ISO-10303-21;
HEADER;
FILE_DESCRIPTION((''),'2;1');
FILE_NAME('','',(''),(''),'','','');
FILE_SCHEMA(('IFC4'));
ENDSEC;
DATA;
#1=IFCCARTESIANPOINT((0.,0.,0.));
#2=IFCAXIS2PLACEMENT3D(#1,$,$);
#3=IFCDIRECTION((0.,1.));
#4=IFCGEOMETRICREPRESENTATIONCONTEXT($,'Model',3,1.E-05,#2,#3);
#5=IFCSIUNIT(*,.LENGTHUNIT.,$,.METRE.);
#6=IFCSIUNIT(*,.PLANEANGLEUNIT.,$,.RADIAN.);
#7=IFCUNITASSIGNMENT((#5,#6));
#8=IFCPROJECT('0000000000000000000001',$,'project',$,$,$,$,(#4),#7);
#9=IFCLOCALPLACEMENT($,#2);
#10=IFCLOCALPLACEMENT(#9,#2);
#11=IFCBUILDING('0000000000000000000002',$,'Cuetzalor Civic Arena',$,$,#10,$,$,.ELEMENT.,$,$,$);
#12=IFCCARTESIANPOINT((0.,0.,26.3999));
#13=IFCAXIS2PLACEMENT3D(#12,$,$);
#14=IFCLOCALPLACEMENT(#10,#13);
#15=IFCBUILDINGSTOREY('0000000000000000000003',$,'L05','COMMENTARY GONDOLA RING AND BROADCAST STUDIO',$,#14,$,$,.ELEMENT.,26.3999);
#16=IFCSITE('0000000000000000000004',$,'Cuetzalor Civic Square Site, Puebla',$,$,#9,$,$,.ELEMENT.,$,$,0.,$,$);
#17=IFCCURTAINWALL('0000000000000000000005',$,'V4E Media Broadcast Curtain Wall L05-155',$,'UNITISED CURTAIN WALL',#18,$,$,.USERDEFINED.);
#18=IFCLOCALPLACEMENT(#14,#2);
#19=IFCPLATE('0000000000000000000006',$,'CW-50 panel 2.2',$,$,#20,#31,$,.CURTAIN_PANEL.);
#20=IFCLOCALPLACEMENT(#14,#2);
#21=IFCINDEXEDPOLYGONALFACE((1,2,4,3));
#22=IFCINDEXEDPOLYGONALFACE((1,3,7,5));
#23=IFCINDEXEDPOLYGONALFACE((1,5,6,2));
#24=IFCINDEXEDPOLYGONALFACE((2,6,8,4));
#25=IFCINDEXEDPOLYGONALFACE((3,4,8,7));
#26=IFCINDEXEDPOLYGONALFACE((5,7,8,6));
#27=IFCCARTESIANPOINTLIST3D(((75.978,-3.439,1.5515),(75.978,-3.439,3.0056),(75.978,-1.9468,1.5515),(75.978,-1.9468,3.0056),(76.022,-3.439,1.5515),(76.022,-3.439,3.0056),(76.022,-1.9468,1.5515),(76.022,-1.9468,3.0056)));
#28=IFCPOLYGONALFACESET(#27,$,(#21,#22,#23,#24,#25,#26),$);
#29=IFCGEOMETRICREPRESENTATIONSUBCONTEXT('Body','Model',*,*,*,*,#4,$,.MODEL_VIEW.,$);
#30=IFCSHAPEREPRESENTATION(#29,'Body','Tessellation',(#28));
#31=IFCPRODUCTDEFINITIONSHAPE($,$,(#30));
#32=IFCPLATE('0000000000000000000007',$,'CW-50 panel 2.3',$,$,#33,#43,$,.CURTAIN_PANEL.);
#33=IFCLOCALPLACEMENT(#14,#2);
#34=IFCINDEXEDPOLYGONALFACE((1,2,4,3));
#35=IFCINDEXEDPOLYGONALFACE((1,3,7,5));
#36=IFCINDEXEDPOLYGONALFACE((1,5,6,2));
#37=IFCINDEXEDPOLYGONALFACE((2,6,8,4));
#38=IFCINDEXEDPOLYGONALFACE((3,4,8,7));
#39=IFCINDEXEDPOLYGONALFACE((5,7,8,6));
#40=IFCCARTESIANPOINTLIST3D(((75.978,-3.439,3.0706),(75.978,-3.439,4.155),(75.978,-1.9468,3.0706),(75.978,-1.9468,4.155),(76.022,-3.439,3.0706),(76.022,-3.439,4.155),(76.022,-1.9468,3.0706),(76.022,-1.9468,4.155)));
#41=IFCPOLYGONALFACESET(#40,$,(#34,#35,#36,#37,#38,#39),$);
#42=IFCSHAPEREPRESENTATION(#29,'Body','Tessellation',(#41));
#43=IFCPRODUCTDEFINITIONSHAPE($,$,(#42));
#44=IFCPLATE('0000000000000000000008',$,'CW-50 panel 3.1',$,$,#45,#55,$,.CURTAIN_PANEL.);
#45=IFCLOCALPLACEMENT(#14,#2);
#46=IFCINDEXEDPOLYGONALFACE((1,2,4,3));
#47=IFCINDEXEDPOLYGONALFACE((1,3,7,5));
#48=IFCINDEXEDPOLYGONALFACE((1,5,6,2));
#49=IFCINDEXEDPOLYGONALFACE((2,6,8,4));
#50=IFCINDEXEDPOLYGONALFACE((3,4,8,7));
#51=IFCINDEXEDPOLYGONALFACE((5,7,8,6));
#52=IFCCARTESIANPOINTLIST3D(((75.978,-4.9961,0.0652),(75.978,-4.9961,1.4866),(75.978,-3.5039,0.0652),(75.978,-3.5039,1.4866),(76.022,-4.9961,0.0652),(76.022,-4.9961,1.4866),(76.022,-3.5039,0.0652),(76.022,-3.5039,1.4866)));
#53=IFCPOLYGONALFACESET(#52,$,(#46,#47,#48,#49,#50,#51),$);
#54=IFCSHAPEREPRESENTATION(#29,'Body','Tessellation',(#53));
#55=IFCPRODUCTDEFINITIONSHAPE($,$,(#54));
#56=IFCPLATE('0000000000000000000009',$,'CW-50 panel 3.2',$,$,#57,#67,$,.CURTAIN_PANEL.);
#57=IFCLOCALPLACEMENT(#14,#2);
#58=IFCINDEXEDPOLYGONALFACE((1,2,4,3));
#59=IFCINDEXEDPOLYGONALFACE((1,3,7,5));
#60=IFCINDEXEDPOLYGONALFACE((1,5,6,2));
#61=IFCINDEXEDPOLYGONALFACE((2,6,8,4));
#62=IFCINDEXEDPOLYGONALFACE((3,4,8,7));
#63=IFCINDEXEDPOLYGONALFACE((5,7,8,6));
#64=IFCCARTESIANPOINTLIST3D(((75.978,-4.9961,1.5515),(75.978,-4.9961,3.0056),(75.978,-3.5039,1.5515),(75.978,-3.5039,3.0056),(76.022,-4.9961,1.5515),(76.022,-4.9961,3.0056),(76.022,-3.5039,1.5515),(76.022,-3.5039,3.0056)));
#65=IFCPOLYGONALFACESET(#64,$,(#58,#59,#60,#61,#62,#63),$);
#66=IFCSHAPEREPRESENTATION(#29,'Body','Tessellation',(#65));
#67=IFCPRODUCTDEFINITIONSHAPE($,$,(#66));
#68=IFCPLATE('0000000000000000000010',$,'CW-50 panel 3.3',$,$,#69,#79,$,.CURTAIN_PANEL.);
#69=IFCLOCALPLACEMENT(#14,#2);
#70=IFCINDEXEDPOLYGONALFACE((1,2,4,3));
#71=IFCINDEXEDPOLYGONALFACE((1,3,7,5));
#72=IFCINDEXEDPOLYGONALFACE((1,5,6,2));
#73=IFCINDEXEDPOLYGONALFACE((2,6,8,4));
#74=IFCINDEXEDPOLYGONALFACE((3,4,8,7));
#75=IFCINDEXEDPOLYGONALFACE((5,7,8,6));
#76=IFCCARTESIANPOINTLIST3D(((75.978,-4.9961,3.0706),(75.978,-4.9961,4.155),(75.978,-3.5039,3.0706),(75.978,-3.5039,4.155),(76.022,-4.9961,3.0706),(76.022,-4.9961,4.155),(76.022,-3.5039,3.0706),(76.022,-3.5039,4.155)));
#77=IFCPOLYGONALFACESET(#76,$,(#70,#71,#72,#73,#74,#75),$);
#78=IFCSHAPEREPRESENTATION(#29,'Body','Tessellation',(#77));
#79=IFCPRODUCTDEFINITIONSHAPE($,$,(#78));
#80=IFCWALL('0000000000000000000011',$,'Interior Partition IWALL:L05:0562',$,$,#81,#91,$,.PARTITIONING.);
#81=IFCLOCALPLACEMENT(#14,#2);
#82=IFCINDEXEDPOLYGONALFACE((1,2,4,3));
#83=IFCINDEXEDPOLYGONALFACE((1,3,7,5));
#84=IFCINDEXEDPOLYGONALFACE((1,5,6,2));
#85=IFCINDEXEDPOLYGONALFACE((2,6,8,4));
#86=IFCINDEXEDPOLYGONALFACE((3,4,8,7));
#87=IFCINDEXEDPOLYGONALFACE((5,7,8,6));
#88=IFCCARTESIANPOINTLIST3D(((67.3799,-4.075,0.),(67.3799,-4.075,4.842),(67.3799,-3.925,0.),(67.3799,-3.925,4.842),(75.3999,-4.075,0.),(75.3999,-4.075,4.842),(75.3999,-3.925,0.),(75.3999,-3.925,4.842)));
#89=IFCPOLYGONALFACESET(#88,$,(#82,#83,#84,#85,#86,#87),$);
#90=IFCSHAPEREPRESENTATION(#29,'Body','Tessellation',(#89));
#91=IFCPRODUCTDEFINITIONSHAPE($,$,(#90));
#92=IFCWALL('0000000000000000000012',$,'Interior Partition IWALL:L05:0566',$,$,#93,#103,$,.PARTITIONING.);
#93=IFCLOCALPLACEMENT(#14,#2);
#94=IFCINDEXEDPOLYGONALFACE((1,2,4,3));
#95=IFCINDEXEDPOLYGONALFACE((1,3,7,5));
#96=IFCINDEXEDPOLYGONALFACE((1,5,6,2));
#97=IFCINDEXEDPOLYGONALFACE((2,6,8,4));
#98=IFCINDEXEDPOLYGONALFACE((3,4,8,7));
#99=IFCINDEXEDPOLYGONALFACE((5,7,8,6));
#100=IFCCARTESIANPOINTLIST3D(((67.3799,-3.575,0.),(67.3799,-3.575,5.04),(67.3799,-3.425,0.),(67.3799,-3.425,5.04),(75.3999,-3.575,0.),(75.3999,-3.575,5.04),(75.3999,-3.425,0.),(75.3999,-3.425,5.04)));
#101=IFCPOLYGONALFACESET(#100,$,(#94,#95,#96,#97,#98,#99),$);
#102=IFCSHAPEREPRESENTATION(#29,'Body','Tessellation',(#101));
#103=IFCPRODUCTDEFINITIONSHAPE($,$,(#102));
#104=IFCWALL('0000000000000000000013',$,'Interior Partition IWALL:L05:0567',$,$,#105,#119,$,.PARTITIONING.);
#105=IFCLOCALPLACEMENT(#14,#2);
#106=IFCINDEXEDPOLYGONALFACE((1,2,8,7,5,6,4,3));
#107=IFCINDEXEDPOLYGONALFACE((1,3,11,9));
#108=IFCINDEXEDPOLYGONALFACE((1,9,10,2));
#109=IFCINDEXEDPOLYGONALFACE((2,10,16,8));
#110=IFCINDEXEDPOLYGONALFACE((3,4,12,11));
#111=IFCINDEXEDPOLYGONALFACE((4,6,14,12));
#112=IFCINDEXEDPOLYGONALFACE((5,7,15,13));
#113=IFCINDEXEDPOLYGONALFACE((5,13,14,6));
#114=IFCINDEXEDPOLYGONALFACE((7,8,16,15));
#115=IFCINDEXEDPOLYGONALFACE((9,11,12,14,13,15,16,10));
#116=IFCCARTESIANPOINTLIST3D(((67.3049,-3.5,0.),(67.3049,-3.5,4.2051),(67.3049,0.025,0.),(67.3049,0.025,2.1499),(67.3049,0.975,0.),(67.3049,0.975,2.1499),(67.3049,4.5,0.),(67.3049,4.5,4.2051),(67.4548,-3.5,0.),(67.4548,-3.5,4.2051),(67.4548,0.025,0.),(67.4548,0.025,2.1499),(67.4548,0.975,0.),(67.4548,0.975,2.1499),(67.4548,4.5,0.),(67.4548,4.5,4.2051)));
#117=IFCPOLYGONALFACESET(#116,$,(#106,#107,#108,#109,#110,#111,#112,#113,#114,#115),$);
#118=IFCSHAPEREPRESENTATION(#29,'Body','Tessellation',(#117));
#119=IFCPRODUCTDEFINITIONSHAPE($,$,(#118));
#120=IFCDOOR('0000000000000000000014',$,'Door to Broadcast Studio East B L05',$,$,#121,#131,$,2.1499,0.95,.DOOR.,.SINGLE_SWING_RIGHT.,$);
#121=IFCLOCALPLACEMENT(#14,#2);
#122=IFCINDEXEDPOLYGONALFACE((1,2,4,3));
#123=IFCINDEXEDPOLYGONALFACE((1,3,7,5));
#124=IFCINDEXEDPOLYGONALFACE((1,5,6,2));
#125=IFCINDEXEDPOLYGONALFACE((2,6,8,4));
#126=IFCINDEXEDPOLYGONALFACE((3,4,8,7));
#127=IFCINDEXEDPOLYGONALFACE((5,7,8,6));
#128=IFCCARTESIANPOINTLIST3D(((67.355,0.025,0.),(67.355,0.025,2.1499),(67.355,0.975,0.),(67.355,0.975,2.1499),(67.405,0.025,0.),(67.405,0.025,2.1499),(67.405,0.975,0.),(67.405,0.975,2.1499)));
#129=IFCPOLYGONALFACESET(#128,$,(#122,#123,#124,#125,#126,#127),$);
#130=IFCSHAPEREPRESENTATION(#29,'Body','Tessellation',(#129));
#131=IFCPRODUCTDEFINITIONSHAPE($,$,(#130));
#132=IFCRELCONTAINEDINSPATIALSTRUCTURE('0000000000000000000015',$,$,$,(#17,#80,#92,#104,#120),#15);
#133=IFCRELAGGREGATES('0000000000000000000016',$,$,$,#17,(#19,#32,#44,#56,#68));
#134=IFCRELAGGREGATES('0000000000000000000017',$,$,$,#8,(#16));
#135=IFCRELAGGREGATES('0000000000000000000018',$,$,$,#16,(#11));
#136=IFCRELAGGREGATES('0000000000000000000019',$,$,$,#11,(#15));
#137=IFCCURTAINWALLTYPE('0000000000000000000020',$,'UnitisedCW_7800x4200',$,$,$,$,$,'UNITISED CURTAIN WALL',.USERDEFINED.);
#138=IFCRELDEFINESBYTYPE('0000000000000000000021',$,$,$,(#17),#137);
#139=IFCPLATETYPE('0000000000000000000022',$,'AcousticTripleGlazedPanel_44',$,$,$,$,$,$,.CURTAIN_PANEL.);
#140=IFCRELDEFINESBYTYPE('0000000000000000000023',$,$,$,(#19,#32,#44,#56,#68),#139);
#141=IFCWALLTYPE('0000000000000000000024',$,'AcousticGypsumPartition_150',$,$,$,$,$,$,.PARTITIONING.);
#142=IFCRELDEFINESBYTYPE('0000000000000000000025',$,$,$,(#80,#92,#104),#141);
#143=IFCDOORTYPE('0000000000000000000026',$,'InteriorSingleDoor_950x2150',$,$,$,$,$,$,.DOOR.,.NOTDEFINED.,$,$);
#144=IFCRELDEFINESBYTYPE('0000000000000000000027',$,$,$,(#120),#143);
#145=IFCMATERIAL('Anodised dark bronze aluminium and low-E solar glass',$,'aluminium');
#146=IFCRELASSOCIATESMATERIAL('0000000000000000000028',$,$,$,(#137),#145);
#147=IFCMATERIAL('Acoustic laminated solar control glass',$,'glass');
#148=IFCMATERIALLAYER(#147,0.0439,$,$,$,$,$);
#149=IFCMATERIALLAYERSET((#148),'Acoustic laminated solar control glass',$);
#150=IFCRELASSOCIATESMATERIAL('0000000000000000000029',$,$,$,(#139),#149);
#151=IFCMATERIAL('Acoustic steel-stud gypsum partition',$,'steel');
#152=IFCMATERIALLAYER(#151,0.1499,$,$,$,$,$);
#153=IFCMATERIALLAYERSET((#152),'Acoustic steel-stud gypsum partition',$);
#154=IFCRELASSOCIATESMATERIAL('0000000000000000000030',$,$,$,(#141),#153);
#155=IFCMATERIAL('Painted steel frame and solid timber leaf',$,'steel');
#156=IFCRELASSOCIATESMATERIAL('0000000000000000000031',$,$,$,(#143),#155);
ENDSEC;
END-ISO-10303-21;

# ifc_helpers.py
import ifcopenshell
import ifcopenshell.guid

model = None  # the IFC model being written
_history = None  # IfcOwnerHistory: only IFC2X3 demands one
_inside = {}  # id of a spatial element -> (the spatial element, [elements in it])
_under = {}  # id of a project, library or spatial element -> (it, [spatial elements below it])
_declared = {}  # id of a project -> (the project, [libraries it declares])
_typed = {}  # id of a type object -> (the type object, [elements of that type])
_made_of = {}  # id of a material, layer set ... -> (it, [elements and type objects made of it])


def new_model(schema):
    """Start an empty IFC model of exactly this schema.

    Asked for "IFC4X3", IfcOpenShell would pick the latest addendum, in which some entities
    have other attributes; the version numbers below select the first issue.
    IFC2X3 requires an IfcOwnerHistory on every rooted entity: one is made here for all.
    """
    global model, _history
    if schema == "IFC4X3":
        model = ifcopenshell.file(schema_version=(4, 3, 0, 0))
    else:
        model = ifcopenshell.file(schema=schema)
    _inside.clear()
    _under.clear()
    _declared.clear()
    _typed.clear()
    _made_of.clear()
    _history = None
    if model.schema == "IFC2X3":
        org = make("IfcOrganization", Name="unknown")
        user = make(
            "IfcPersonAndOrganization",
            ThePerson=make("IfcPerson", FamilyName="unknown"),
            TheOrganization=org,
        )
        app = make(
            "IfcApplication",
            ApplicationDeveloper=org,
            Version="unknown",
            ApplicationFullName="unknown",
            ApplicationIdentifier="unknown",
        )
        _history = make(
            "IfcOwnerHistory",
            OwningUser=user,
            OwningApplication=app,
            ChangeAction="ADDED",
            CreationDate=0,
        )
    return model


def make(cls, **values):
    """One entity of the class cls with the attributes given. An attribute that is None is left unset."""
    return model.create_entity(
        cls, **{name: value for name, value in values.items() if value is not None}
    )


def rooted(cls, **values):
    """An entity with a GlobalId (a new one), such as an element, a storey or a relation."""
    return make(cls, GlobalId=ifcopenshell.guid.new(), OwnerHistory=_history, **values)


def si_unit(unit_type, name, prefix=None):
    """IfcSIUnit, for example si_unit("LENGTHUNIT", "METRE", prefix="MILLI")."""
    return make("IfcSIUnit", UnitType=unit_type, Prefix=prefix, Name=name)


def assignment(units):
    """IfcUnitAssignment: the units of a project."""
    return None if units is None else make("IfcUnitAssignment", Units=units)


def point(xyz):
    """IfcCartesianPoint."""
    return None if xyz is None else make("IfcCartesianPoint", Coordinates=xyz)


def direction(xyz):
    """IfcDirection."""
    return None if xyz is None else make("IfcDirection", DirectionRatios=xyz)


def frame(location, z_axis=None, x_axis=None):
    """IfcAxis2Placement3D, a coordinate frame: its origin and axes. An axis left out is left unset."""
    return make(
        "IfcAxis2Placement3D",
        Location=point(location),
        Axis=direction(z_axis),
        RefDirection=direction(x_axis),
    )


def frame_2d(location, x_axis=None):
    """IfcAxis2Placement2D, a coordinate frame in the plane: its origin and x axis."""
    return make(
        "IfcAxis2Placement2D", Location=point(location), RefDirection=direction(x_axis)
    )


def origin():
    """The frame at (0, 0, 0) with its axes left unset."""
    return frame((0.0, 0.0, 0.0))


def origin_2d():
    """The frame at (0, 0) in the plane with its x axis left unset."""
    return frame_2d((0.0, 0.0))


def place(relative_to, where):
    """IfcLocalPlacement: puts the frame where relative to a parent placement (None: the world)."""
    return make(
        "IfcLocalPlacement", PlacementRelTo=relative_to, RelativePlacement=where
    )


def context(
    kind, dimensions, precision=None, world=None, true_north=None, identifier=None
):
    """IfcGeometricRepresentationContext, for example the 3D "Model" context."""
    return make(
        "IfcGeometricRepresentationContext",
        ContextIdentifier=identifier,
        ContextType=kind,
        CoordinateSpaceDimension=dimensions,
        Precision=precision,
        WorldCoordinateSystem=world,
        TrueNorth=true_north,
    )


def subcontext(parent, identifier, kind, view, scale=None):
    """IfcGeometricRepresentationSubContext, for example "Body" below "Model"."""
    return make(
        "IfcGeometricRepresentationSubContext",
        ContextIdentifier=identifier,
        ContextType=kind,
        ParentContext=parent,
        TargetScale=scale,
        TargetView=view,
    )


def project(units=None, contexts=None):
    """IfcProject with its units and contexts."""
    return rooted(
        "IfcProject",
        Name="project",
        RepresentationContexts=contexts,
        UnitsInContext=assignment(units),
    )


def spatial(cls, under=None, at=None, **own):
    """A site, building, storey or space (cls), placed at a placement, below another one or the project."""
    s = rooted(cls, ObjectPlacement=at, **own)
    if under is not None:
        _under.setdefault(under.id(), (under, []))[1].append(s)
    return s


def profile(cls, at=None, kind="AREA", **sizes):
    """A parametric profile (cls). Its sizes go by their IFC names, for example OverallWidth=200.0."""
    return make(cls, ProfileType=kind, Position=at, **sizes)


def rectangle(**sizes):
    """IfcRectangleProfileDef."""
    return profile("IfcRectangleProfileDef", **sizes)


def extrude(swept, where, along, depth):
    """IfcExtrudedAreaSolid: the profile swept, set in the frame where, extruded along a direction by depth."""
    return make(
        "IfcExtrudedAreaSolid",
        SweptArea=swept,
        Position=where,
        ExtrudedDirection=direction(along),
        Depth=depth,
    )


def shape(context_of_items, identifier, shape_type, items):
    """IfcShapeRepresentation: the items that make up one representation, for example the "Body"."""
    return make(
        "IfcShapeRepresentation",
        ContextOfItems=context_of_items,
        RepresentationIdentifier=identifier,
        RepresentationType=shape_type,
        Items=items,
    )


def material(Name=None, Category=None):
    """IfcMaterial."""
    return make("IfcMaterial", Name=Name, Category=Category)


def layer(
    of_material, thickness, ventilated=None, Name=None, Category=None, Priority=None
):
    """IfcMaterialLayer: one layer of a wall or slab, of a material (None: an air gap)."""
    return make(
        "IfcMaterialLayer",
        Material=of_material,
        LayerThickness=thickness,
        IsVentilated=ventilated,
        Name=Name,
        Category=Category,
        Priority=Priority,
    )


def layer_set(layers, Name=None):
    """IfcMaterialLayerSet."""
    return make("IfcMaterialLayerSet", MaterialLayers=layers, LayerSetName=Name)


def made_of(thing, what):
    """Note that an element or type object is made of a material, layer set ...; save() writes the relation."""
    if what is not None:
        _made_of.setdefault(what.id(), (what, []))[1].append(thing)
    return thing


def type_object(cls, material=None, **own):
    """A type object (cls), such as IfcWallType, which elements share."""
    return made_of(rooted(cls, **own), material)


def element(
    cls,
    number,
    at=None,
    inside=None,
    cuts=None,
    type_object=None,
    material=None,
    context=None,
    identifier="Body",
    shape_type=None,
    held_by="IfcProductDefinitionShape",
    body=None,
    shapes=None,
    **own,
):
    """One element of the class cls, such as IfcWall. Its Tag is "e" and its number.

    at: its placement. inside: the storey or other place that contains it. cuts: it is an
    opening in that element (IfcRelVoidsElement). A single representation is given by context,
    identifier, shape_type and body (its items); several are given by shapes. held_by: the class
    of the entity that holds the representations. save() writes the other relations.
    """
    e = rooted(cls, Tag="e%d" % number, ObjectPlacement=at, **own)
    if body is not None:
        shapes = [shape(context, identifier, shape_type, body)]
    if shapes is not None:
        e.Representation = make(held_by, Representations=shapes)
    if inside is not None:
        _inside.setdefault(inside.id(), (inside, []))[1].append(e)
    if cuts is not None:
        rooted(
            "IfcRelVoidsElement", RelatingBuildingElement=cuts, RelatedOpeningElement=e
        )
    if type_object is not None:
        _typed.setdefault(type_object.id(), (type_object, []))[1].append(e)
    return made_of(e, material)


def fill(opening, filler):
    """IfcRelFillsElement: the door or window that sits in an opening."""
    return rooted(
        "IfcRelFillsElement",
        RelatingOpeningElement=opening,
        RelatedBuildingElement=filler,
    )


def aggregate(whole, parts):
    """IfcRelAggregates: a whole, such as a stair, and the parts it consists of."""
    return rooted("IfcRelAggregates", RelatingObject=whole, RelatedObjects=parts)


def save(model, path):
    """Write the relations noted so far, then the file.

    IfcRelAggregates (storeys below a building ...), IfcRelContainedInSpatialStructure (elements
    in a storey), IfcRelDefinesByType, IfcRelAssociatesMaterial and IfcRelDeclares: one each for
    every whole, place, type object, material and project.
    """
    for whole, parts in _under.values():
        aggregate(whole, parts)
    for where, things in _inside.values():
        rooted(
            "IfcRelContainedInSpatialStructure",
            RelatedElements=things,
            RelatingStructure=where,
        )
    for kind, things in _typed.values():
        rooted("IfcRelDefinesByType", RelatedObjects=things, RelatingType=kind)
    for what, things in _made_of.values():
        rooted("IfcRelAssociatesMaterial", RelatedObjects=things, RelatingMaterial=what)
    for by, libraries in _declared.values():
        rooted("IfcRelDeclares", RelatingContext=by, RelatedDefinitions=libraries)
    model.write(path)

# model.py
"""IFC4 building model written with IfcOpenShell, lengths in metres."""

from ifc_helpers import new_model, si_unit, direction, frame, frame_2d, origin, origin_2d, place, context, subcontext, project, spatial, rectangle, extrude, material, layer, layer_set, type_object, element, fill, aggregate, save


model = new_model("IFC4")

# Units and contexts
model_context = context("Model", 3, precision=1e-05, world=origin(), true_north=direction((0.0, 1.0)))
body_context = subcontext(model_context, "Body", "Model", "MODEL_VIEW")
ifc_project = project(units=[si_unit("LENGTHUNIT", "METRE"), si_unit("PLANEANGLEUNIT", "RADIAN")], contexts=[model_context])

# Site, building, storey
site_placement = place(None, origin())
site = spatial("IfcSite", under=ifc_project, at=site_placement, Name="Cuetzalor Civic Square Site, Puebla", CompositionType="ELEMENT", RefElevation=0.0)
building_placement = place(site_placement, origin())
building = spatial("IfcBuilding", under=site, at=building_placement, Name="Cuetzalor Civic Arena", CompositionType="ELEMENT")
storey_placement = place(building_placement, frame((0.0, 0.0, 26.3999)))
storey = spatial("IfcBuildingStorey", under=building, at=storey_placement, Name="L05", Description="COMMENTARY GONDOLA RING AND BROADCAST STUDIO", CompositionType="ELEMENT", Elevation=26.3999)

# Curtain wall, plates
ifc_material_1 = material(Name="Anodised dark bronze aluminium and low-E solar glass", Category="aluminium")
curtain_wall_type = type_object("IfcCurtainWallType", Name="UnitisedCW_7800x4200", ElementType="UNITISED CURTAIN WALL", PredefinedType="USERDEFINED", material=ifc_material_1)
curtain_wall_placement = place(storey_placement, origin())
curtain_wall = element("IfcCurtainWall", 1, at=curtain_wall_placement, inside=storey, type_object=curtain_wall_type, Name="V4E Media Broadcast Curtain Wall L05-155", ObjectType="UNITISED CURTAIN WALL", PredefinedType="USERDEFINED")
ifc_material_2 = material(Name="Acoustic laminated solar control glass", Category="glass")
ifc_layer_1 = layer(ifc_material_2, 0.0439)
ifc_layer_set_1 = layer_set([ifc_layer_1], Name="Acoustic laminated solar control glass")
plate_type = type_object("IfcPlateType", Name="AcousticTripleGlazedPanel_44", PredefinedType="CURTAIN_PANEL", material=ifc_layer_set_1)
plate_1_placement = place(storey_placement, frame((76.0, -2.6929, 1.5515), z_axis=(0.0, 0.0, 1.0), x_axis=(0.0, -1.0, 0.0)))
plate_1 = element("IfcPlate", 2, at=plate_1_placement, type_object=plate_type, Name="CW-50 panel 2.2", PredefinedType="CURTAIN_PANEL", context=body_context, shape_type="SweptSolid", body=[
    extrude(rectangle(XDim=1.4922, YDim=0.0439, at=origin_2d()), origin(), (0.0, 0.0, 1.0), 1.4541),
])
plate_2_placement = place(storey_placement, frame((76.0, -2.6929, 3.0706), z_axis=(0.0, 0.0, 1.0), x_axis=(0.0, -1.0, 0.0)))
plate_2 = element("IfcPlate", 3, at=plate_2_placement, type_object=plate_type, Name="CW-50 panel 2.3", PredefinedType="CURTAIN_PANEL", context=body_context, shape_type="SweptSolid", body=[
    extrude(rectangle(XDim=1.4922, YDim=0.0439, at=origin_2d()), origin(), (0.0, 0.0, 1.0), 1.0845),
])
plate_3_placement = place(storey_placement, frame((76.0, -4.25, 0.0652), z_axis=(0.0, 0.0, 1.0), x_axis=(0.0, -1.0, 0.0)))
plate_3 = element("IfcPlate", 4, at=plate_3_placement, type_object=plate_type, Name="CW-50 panel 3.1", PredefinedType="CURTAIN_PANEL", context=body_context, shape_type="SweptSolid", body=[
    extrude(rectangle(XDim=1.4922, YDim=0.0439, at=origin_2d()), origin(), (0.0, 0.0, 1.0), 1.4214),
])
plate_4_placement = place(storey_placement, frame((76.0, -4.25, 1.5515), z_axis=(0.0, 0.0, 1.0), x_axis=(0.0, -1.0, 0.0)))
plate_4 = element("IfcPlate", 5, at=plate_4_placement, type_object=plate_type, Name="CW-50 panel 3.2", PredefinedType="CURTAIN_PANEL", context=body_context, shape_type="SweptSolid", body=[
    extrude(rectangle(XDim=1.4922, YDim=0.0439, at=origin_2d()), origin(), (0.0, 0.0, 1.0), 1.4541),
])
plate_5_placement = place(storey_placement, frame((76.0, -4.25, 3.0706), z_axis=(0.0, 0.0, 1.0), x_axis=(0.0, -1.0, 0.0)))
plate_5 = element("IfcPlate", 6, at=plate_5_placement, type_object=plate_type, Name="CW-50 panel 3.3", PredefinedType="CURTAIN_PANEL", context=body_context, shape_type="SweptSolid", body=[
    extrude(rectangle(XDim=1.4922, YDim=0.0439, at=origin_2d()), origin(), (0.0, 0.0, 1.0), 1.0845),
])
aggregate(curtain_wall, [plate_1, plate_2, plate_3, plate_4, plate_5])

# Walls
ifc_material_3 = material(Name="Acoustic steel-stud gypsum partition", Category="steel")
ifc_layer_2 = layer(ifc_material_3, 0.1499)
ifc_layer_set_2 = layer_set([ifc_layer_2], Name="Acoustic steel-stud gypsum partition")
wall_type = type_object("IfcWallType", Name="AcousticGypsumPartition_150", PredefinedType="PARTITIONING", material=ifc_layer_set_2)
wall_1_placement = place(storey_placement, frame((67.3799, -4.0, 0.0), z_axis=(0.0, 0.0, 1.0), x_axis=(1.0, 0.0, 0.0)))
element("IfcWall", 7, at=wall_1_placement, inside=storey, type_object=wall_type, Name="Interior Partition IWALL:L05:0562", PredefinedType="PARTITIONING", context=body_context, shape_type="SweptSolid", body=[
    extrude(rectangle(XDim=8.02, YDim=0.1499, at=frame_2d((4.01, 0.0))), origin(), (0.0, 0.0, 1.0), 4.842),
])
wall_2_placement = place(storey_placement, frame((75.3999, -3.5, 0.0), z_axis=(0.0, 0.0, 1.0), x_axis=(-1.0, 0.0, 0.0)))
element("IfcWall", 8, at=wall_2_placement, inside=storey, type_object=wall_type, Name="Interior Partition IWALL:L05:0566", PredefinedType="PARTITIONING", context=body_context, shape_type="SweptSolid", body=[
    extrude(rectangle(XDim=8.02, YDim=0.1499, at=frame_2d((4.01, 0.0))), origin(), (0.0, 0.0, 1.0), 5.04),
])

# Wall, opening, door
wall_3_placement = place(storey_placement, frame((67.3799, -3.5, 0.0), z_axis=(0.0, 0.0, 1.0), x_axis=(0.0, 1.0, 0.0)))
wall_3 = element("IfcWall", 9, at=wall_3_placement, inside=storey, type_object=wall_type, Name="Interior Partition IWALL:L05:0567", PredefinedType="PARTITIONING", context=body_context, shape_type="SweptSolid", body=[
    extrude(rectangle(XDim=8.0, YDim=0.1499, at=frame_2d((4.0, 0.0))), origin(), (0.0, 0.0, 1.0), 4.2051),
])
opening_placement = place(wall_3_placement, frame((3.5249, 0.0, 0.0)))
opening = element("IfcOpeningElement", 10, at=opening_placement, cuts=wall_3, PredefinedType="OPENING", context=body_context, shape_type="SweptSolid", body=[
    extrude(rectangle(XDim=0.95, YDim=2.1499, at=frame_2d((0.4751, 1.075))), frame((0.0, 0.085, 0.0), z_axis=(0.0, -1.0, 0.0), x_axis=(1.0, 0.0, 0.0)), (0.0, 0.0, 1.0), 0.1699),
])
ifc_material_4 = material(Name="Painted steel frame and solid timber leaf", Category="steel")
door_type = type_object("IfcDoorType", Name="InteriorSingleDoor_950x2150", OperationType="NOTDEFINED", PredefinedType="DOOR", material=ifc_material_4)
door_placement = place(opening_placement, origin())
door = element("IfcDoor", 11, at=door_placement, inside=storey, type_object=door_type, Name="Door to Broadcast Studio East B L05", OperationType="SINGLE_SWING_RIGHT", OverallHeight=2.1499, OverallWidth=0.95, PredefinedType="DOOR", context=body_context, shape_type="SweptSolid", body=[
    extrude(rectangle(XDim=0.95, YDim=2.1499, at=frame_2d((0.4751, 1.075))), frame((0.0, 0.0249, 0.0), z_axis=(0.0, -1.0, 0.0), x_axis=(1.0, 0.0, 0.0)), (0.0, 0.0, 1.0), 0.05),
])
fill(opening, door)

save(model, "model.ifc")
